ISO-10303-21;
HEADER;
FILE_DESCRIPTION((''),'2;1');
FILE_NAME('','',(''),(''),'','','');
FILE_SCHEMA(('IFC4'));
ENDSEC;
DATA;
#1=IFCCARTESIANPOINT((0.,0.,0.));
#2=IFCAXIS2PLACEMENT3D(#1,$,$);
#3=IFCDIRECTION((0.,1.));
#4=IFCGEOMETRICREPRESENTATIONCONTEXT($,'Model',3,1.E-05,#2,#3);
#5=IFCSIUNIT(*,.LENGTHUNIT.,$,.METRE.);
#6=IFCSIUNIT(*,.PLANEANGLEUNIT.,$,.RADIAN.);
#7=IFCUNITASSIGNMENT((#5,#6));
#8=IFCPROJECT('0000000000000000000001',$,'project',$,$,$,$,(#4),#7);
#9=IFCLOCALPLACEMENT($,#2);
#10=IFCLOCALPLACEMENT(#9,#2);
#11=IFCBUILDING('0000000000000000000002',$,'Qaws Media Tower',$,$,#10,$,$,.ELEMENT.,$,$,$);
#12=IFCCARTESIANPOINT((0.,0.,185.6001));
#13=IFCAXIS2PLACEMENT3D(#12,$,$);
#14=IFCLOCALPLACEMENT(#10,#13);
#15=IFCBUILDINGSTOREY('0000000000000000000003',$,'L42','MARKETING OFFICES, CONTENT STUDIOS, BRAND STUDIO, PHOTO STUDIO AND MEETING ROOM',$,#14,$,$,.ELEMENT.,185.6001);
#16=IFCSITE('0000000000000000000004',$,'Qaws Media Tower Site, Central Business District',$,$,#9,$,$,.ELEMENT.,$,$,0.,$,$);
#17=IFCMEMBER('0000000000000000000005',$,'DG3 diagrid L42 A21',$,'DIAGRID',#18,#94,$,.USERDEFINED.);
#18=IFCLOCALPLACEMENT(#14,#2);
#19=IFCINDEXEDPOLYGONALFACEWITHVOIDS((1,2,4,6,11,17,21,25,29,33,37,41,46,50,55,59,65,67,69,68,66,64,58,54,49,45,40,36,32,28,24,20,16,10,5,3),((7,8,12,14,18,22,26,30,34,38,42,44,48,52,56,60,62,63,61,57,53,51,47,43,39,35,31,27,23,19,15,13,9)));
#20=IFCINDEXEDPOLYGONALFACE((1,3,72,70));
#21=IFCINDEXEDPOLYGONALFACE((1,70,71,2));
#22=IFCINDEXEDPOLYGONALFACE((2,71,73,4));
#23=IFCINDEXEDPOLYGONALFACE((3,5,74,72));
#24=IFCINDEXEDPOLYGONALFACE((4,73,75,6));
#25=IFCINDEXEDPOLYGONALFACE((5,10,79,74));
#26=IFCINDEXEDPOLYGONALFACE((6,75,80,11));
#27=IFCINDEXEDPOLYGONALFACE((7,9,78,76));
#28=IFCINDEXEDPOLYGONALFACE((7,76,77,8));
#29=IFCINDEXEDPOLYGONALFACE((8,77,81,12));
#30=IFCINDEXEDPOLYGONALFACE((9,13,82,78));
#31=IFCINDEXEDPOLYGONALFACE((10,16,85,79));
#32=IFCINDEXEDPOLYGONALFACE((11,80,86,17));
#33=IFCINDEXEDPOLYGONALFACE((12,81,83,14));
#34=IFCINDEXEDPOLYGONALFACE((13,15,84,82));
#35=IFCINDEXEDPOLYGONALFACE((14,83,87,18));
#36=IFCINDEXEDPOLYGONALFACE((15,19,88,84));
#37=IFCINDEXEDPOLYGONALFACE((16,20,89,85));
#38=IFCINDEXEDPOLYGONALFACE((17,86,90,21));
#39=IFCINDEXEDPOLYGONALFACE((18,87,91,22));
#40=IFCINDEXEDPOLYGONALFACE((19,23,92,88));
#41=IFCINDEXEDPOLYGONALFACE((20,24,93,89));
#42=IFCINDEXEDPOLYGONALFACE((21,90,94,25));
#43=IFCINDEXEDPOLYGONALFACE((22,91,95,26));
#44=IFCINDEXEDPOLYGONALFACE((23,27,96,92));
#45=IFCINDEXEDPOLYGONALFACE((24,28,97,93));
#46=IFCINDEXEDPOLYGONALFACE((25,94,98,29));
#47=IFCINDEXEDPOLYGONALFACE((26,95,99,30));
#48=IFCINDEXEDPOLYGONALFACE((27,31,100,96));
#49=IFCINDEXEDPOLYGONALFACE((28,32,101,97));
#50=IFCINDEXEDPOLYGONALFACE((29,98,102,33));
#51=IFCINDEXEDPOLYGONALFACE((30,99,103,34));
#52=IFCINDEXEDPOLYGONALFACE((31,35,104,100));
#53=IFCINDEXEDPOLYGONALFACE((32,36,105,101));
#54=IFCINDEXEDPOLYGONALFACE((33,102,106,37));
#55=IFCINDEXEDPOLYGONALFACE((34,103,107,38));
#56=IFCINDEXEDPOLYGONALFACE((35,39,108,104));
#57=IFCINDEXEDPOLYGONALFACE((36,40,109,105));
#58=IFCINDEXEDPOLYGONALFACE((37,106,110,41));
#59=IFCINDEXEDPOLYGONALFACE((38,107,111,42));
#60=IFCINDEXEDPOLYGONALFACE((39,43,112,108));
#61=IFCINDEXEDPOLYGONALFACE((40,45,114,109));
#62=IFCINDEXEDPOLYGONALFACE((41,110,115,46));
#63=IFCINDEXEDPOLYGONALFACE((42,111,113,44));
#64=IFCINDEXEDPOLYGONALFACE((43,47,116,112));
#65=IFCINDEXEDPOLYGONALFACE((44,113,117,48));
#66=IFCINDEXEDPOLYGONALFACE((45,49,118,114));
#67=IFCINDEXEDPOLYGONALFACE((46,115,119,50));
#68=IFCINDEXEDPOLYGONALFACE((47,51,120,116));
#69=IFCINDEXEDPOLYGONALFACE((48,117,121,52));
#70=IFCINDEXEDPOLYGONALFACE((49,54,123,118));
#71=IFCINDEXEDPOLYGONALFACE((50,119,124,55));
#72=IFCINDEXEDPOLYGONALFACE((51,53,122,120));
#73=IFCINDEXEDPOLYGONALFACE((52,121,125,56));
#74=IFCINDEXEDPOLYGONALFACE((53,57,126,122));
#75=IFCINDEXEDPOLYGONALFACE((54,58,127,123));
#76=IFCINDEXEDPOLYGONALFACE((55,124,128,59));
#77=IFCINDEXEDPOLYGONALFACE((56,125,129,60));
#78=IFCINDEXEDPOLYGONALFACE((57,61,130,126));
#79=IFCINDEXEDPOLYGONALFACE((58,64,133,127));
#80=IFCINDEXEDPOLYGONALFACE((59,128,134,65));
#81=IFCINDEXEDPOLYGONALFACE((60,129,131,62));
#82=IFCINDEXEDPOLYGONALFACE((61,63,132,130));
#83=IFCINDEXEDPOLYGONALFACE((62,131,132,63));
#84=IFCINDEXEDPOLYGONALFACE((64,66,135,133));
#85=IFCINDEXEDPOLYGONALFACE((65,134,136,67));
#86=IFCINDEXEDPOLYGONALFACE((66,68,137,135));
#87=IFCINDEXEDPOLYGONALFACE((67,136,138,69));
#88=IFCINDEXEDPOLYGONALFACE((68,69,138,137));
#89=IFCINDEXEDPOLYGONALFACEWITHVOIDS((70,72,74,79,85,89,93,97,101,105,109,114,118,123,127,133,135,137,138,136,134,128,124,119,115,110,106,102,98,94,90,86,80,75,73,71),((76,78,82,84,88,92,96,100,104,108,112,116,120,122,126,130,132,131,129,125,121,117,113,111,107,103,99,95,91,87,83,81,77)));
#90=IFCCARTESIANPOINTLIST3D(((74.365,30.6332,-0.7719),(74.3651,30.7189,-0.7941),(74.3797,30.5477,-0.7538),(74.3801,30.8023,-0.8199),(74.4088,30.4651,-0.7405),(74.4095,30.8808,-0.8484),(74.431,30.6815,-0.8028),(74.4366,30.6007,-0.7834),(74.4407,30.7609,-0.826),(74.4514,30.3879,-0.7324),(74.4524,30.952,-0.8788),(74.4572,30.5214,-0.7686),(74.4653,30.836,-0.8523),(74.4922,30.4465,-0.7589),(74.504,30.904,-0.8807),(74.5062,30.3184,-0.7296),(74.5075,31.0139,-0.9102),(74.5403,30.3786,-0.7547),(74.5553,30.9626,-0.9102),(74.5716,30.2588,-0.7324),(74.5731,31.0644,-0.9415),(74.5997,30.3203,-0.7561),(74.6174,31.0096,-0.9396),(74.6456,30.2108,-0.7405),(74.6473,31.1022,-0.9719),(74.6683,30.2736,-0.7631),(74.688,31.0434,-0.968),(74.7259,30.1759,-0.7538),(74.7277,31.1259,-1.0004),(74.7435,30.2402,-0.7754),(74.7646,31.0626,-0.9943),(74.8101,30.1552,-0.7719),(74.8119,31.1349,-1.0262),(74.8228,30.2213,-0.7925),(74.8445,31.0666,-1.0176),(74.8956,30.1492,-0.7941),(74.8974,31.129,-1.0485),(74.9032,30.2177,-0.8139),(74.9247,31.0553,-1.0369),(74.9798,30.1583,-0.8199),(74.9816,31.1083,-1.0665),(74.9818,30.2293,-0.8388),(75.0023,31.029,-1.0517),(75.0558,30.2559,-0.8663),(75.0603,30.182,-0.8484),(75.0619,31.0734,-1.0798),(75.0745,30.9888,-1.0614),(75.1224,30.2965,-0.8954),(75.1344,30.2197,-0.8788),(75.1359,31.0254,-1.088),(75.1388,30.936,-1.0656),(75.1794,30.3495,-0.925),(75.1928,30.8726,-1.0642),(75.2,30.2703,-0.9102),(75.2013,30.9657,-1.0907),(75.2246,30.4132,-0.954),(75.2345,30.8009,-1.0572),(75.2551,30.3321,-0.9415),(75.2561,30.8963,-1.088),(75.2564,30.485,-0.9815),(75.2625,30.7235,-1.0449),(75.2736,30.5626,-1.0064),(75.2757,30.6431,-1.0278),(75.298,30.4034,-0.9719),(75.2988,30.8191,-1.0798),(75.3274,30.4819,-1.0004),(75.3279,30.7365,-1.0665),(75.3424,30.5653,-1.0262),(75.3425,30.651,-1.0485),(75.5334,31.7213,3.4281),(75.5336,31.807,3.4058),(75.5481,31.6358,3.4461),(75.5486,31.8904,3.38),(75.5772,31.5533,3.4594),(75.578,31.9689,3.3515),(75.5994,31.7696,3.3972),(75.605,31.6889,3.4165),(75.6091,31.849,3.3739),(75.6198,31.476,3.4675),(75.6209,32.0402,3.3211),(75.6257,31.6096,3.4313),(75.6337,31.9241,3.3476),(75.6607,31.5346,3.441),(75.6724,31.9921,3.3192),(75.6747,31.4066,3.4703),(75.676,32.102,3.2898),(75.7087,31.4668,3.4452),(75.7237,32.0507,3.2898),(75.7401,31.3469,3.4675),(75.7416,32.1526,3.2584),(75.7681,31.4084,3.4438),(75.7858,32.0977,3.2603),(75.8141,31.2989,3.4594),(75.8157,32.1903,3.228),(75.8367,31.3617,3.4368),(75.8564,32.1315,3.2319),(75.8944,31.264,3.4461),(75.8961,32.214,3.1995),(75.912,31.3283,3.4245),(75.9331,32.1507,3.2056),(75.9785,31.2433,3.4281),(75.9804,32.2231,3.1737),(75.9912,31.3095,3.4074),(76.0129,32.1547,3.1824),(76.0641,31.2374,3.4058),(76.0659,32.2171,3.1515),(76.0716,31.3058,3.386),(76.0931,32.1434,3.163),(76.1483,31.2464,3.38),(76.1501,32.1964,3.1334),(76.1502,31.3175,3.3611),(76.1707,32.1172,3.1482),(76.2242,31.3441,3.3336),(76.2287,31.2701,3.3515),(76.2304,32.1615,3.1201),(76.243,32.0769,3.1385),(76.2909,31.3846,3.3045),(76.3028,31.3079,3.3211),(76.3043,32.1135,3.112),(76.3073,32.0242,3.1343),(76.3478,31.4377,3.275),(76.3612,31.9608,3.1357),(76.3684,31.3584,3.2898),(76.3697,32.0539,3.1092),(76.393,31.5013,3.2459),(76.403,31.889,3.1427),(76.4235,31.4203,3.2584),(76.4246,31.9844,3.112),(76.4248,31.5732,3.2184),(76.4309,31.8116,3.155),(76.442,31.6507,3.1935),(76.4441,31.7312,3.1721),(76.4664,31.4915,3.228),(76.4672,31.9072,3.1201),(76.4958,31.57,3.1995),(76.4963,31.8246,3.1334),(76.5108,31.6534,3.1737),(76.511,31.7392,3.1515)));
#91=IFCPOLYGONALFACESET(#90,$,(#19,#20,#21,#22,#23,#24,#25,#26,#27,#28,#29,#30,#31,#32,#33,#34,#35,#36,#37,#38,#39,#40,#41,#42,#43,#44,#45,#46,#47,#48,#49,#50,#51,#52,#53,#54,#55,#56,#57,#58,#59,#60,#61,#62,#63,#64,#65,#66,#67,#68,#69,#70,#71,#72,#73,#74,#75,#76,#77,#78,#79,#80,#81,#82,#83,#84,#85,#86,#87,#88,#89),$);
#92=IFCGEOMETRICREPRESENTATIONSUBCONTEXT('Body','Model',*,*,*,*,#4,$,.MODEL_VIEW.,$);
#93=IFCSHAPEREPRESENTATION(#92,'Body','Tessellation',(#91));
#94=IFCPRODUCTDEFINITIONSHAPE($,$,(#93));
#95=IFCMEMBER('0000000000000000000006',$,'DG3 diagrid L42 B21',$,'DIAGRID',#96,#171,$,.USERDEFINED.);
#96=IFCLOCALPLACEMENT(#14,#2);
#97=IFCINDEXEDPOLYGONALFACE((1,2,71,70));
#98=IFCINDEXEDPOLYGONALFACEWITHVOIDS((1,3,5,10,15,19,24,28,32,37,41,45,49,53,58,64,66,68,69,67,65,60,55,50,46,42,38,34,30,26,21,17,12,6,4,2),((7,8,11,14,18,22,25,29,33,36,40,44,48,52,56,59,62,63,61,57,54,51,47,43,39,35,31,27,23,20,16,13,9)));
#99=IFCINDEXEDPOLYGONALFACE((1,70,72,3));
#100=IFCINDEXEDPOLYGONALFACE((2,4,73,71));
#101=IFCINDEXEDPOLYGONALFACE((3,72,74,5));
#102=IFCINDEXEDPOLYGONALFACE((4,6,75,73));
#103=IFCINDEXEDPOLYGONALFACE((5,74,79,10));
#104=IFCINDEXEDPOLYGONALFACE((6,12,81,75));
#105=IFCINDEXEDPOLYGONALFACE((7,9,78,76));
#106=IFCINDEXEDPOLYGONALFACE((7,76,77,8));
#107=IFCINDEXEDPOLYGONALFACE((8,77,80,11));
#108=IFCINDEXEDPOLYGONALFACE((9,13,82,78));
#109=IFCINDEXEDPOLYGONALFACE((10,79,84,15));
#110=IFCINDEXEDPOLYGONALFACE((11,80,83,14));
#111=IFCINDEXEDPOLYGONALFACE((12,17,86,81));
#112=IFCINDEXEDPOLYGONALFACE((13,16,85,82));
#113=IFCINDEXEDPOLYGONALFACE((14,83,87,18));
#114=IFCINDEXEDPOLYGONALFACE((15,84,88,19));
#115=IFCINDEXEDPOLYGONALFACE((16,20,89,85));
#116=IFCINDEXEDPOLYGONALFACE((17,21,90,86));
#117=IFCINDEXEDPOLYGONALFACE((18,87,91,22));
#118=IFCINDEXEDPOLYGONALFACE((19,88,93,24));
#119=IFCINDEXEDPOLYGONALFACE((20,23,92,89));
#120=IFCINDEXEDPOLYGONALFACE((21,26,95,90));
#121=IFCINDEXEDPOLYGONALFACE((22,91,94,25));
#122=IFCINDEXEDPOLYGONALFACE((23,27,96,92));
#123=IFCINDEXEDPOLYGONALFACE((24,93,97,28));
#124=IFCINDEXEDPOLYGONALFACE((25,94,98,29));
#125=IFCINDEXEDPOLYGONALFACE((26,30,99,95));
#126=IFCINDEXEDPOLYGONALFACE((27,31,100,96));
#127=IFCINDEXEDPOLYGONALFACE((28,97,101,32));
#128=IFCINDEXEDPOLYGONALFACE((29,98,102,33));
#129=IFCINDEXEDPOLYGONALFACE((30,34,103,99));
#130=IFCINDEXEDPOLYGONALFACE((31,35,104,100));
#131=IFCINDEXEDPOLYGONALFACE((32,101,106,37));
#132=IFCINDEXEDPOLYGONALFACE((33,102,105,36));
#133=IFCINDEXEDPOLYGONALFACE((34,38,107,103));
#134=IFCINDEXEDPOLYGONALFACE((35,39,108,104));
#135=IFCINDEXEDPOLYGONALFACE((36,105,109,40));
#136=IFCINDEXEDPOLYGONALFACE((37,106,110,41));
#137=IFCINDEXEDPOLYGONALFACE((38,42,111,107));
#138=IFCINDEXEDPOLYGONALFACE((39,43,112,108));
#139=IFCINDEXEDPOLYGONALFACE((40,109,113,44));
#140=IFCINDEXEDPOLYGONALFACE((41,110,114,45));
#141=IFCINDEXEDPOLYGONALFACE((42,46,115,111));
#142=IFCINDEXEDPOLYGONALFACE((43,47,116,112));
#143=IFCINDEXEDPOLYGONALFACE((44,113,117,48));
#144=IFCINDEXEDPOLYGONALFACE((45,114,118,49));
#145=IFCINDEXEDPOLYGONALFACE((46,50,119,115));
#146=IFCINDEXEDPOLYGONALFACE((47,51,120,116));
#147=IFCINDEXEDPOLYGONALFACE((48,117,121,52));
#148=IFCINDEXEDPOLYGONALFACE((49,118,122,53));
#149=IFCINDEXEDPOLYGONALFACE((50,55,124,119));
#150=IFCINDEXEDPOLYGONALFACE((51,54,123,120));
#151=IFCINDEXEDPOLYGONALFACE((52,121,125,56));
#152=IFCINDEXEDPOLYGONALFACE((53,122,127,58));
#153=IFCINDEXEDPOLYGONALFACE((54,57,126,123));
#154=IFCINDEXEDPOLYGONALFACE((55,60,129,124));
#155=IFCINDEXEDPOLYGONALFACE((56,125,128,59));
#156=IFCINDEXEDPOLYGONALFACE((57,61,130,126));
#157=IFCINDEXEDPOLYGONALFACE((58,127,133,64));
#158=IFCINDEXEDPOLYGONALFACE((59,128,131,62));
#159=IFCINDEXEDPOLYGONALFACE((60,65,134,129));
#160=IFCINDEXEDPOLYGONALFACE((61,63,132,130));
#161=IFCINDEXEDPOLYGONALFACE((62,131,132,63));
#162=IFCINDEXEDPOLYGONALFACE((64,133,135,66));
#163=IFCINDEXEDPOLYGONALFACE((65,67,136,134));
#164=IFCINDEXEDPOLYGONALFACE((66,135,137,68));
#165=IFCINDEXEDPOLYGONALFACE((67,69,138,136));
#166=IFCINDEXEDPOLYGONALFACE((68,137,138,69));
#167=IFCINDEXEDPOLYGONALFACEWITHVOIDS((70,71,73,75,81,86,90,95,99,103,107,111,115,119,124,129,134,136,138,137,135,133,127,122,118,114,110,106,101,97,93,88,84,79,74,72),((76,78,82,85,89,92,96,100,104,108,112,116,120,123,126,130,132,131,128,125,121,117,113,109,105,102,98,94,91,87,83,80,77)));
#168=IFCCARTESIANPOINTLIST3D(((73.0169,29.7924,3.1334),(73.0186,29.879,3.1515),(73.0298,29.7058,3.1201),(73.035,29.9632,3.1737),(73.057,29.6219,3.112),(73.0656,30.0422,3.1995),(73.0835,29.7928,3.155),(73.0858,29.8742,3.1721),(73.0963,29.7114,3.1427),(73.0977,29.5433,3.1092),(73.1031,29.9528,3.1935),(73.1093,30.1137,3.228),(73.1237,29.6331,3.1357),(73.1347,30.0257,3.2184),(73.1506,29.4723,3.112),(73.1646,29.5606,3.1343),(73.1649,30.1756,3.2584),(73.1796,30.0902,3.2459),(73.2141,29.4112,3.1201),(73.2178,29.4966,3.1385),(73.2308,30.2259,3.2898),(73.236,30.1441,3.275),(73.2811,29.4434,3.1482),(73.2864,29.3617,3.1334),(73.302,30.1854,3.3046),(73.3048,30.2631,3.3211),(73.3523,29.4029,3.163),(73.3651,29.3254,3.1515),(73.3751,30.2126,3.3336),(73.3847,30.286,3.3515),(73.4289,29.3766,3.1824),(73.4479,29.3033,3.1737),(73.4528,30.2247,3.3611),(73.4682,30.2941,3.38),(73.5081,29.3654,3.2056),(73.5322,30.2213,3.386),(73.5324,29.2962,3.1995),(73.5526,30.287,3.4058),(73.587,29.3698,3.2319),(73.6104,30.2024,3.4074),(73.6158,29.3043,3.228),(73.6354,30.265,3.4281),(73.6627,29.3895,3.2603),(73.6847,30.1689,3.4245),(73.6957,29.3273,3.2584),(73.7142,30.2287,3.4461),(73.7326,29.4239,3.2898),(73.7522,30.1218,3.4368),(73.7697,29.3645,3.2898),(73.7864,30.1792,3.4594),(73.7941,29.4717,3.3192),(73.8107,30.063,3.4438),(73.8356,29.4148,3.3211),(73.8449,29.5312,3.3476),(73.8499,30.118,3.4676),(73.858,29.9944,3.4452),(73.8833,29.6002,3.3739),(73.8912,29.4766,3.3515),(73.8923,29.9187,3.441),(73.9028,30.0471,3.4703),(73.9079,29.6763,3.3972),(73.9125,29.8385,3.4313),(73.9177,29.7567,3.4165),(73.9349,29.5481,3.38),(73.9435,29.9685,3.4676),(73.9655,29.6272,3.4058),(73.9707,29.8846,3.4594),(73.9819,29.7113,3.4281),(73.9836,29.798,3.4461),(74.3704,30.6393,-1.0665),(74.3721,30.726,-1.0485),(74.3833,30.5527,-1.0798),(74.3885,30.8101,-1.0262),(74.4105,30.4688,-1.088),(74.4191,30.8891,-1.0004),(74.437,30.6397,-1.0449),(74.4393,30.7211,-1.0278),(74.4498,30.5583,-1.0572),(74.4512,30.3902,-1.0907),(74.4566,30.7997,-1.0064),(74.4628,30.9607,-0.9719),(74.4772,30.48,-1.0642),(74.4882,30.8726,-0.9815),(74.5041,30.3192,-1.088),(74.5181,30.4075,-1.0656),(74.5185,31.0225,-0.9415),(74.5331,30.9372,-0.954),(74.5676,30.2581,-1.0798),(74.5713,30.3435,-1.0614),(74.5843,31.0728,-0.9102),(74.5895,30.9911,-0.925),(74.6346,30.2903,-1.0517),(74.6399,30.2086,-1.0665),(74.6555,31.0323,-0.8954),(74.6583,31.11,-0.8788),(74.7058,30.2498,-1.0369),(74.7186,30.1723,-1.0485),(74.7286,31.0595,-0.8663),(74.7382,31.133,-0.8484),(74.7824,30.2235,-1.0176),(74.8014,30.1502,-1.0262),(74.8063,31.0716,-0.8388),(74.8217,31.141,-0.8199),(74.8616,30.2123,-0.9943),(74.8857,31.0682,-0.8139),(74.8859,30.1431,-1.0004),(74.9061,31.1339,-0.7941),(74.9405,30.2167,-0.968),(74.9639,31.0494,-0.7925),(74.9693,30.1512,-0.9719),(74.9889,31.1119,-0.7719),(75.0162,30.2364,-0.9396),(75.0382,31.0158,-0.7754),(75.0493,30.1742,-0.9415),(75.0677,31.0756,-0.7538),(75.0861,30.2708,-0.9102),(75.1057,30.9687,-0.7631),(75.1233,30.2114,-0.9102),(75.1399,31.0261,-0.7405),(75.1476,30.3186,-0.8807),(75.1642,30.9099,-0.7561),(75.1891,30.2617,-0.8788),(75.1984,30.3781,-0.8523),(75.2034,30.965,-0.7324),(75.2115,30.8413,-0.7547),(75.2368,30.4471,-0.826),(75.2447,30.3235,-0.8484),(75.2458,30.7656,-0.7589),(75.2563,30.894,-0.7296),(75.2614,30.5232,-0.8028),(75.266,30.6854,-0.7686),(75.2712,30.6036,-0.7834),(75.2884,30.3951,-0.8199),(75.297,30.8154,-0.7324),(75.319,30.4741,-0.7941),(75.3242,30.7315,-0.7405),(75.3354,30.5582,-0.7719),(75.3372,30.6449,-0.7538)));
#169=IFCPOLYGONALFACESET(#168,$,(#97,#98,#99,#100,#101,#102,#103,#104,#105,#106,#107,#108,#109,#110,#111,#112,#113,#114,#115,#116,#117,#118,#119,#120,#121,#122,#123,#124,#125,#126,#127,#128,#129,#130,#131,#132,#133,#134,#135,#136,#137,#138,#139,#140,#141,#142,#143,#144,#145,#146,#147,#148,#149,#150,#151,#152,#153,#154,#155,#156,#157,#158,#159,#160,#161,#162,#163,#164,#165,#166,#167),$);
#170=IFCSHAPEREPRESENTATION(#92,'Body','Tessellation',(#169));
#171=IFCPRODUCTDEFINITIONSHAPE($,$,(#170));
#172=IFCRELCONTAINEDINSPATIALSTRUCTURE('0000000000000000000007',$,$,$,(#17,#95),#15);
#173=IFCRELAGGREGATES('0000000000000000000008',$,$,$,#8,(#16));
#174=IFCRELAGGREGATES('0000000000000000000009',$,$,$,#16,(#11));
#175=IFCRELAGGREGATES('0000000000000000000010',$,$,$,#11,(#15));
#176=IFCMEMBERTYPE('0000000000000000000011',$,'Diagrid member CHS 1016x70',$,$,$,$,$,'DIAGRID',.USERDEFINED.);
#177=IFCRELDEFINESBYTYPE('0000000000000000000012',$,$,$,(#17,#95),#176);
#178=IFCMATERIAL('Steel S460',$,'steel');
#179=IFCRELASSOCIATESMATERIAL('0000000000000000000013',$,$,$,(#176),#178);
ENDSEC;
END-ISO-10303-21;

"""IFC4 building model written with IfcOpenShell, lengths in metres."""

from ifc_helpers import new_model, si_unit, direction, frame, origin, origin_2d, place, context, subcontext, project, spatial, hollow_circle, extrude, material, material_profile, profile_set, type_object, element, save


model = new_model("IFC4")

# Units and contexts
model_context = context("Model", 3, precision=1e-05, world=origin(), true_north=direction((0.0, 1.0)))
body_context = subcontext(model_context, "Body", "Model", "MODEL_VIEW")
ifc_project = project(units=[si_unit("LENGTHUNIT", "METRE"), si_unit("PLANEANGLEUNIT", "RADIAN")], contexts=[model_context])

# Site, building, storey
site_placement = place(None, origin())
site = spatial("IfcSite", under=ifc_project, at=site_placement, Name="Qaws Media Tower Site, Central Business District", CompositionType="ELEMENT", RefElevation=0.0)
building_placement = place(site_placement, origin())
building = spatial("IfcBuilding", under=site, at=building_placement, Name="Qaws Media Tower", CompositionType="ELEMENT")
storey_placement = place(building_placement, frame((0.0, 0.0, 185.6001)))
storey = spatial("IfcBuildingStorey", under=building, at=storey_placement, Name="L42", Description="MARKETING OFFICES, CONTENT STUDIOS, BRAND STUDIO, PHOTO STUDIO AND MEETING ROOM", CompositionType="ELEMENT", Elevation=185.6001)

# Members
ifc_material_1 = material(Name="Steel S460", Category="steel")
ifc_material_profile_1 = material_profile(ifc_material_1, hollow_circle(Radius=0.5081, WallThickness=0.0701, at=origin_2d()), Name="CHS 1016x70")
ifc_profile_set_1 = profile_set([ifc_material_profile_1], Name="Steel S460")
member_type_1 = type_object("IfcMemberType", Name="Diagrid member CHS 1016x70", ElementType="DIAGRID", PredefinedType="USERDEFINED", material=ifc_profile_set_1)
for number, where, z_axis, x_axis, name in (
    (1, (74.8538, 30.6421, -0.9102), (0.26005, 0.242173, 0.934733), (-0.681506, 0.731812, 0.0), "DG3 diagrid L42 A21"),
    (2, (74.8538, 30.6421, -0.9102), (-0.301236, -0.18849, 0.934734), (0.530439, -0.847723, 0.0), "DG3 diagrid L42 B21"),
):
    element("IfcMember", number, at=place(storey_placement, frame(where, z_axis=z_axis, x_axis=x_axis)), inside=storey, type_object=member_type_1, Name=name, ObjectType="DIAGRID", PredefinedType="USERDEFINED", context=body_context, shape_type="SweptSolid", body=[
        extrude(hollow_circle(Radius=0.5081, WallThickness=0.0701, at=origin_2d()), origin(), (0.0, 0.0, 1.0), 4.4932),
    ])

save(model, "model.ifc")
